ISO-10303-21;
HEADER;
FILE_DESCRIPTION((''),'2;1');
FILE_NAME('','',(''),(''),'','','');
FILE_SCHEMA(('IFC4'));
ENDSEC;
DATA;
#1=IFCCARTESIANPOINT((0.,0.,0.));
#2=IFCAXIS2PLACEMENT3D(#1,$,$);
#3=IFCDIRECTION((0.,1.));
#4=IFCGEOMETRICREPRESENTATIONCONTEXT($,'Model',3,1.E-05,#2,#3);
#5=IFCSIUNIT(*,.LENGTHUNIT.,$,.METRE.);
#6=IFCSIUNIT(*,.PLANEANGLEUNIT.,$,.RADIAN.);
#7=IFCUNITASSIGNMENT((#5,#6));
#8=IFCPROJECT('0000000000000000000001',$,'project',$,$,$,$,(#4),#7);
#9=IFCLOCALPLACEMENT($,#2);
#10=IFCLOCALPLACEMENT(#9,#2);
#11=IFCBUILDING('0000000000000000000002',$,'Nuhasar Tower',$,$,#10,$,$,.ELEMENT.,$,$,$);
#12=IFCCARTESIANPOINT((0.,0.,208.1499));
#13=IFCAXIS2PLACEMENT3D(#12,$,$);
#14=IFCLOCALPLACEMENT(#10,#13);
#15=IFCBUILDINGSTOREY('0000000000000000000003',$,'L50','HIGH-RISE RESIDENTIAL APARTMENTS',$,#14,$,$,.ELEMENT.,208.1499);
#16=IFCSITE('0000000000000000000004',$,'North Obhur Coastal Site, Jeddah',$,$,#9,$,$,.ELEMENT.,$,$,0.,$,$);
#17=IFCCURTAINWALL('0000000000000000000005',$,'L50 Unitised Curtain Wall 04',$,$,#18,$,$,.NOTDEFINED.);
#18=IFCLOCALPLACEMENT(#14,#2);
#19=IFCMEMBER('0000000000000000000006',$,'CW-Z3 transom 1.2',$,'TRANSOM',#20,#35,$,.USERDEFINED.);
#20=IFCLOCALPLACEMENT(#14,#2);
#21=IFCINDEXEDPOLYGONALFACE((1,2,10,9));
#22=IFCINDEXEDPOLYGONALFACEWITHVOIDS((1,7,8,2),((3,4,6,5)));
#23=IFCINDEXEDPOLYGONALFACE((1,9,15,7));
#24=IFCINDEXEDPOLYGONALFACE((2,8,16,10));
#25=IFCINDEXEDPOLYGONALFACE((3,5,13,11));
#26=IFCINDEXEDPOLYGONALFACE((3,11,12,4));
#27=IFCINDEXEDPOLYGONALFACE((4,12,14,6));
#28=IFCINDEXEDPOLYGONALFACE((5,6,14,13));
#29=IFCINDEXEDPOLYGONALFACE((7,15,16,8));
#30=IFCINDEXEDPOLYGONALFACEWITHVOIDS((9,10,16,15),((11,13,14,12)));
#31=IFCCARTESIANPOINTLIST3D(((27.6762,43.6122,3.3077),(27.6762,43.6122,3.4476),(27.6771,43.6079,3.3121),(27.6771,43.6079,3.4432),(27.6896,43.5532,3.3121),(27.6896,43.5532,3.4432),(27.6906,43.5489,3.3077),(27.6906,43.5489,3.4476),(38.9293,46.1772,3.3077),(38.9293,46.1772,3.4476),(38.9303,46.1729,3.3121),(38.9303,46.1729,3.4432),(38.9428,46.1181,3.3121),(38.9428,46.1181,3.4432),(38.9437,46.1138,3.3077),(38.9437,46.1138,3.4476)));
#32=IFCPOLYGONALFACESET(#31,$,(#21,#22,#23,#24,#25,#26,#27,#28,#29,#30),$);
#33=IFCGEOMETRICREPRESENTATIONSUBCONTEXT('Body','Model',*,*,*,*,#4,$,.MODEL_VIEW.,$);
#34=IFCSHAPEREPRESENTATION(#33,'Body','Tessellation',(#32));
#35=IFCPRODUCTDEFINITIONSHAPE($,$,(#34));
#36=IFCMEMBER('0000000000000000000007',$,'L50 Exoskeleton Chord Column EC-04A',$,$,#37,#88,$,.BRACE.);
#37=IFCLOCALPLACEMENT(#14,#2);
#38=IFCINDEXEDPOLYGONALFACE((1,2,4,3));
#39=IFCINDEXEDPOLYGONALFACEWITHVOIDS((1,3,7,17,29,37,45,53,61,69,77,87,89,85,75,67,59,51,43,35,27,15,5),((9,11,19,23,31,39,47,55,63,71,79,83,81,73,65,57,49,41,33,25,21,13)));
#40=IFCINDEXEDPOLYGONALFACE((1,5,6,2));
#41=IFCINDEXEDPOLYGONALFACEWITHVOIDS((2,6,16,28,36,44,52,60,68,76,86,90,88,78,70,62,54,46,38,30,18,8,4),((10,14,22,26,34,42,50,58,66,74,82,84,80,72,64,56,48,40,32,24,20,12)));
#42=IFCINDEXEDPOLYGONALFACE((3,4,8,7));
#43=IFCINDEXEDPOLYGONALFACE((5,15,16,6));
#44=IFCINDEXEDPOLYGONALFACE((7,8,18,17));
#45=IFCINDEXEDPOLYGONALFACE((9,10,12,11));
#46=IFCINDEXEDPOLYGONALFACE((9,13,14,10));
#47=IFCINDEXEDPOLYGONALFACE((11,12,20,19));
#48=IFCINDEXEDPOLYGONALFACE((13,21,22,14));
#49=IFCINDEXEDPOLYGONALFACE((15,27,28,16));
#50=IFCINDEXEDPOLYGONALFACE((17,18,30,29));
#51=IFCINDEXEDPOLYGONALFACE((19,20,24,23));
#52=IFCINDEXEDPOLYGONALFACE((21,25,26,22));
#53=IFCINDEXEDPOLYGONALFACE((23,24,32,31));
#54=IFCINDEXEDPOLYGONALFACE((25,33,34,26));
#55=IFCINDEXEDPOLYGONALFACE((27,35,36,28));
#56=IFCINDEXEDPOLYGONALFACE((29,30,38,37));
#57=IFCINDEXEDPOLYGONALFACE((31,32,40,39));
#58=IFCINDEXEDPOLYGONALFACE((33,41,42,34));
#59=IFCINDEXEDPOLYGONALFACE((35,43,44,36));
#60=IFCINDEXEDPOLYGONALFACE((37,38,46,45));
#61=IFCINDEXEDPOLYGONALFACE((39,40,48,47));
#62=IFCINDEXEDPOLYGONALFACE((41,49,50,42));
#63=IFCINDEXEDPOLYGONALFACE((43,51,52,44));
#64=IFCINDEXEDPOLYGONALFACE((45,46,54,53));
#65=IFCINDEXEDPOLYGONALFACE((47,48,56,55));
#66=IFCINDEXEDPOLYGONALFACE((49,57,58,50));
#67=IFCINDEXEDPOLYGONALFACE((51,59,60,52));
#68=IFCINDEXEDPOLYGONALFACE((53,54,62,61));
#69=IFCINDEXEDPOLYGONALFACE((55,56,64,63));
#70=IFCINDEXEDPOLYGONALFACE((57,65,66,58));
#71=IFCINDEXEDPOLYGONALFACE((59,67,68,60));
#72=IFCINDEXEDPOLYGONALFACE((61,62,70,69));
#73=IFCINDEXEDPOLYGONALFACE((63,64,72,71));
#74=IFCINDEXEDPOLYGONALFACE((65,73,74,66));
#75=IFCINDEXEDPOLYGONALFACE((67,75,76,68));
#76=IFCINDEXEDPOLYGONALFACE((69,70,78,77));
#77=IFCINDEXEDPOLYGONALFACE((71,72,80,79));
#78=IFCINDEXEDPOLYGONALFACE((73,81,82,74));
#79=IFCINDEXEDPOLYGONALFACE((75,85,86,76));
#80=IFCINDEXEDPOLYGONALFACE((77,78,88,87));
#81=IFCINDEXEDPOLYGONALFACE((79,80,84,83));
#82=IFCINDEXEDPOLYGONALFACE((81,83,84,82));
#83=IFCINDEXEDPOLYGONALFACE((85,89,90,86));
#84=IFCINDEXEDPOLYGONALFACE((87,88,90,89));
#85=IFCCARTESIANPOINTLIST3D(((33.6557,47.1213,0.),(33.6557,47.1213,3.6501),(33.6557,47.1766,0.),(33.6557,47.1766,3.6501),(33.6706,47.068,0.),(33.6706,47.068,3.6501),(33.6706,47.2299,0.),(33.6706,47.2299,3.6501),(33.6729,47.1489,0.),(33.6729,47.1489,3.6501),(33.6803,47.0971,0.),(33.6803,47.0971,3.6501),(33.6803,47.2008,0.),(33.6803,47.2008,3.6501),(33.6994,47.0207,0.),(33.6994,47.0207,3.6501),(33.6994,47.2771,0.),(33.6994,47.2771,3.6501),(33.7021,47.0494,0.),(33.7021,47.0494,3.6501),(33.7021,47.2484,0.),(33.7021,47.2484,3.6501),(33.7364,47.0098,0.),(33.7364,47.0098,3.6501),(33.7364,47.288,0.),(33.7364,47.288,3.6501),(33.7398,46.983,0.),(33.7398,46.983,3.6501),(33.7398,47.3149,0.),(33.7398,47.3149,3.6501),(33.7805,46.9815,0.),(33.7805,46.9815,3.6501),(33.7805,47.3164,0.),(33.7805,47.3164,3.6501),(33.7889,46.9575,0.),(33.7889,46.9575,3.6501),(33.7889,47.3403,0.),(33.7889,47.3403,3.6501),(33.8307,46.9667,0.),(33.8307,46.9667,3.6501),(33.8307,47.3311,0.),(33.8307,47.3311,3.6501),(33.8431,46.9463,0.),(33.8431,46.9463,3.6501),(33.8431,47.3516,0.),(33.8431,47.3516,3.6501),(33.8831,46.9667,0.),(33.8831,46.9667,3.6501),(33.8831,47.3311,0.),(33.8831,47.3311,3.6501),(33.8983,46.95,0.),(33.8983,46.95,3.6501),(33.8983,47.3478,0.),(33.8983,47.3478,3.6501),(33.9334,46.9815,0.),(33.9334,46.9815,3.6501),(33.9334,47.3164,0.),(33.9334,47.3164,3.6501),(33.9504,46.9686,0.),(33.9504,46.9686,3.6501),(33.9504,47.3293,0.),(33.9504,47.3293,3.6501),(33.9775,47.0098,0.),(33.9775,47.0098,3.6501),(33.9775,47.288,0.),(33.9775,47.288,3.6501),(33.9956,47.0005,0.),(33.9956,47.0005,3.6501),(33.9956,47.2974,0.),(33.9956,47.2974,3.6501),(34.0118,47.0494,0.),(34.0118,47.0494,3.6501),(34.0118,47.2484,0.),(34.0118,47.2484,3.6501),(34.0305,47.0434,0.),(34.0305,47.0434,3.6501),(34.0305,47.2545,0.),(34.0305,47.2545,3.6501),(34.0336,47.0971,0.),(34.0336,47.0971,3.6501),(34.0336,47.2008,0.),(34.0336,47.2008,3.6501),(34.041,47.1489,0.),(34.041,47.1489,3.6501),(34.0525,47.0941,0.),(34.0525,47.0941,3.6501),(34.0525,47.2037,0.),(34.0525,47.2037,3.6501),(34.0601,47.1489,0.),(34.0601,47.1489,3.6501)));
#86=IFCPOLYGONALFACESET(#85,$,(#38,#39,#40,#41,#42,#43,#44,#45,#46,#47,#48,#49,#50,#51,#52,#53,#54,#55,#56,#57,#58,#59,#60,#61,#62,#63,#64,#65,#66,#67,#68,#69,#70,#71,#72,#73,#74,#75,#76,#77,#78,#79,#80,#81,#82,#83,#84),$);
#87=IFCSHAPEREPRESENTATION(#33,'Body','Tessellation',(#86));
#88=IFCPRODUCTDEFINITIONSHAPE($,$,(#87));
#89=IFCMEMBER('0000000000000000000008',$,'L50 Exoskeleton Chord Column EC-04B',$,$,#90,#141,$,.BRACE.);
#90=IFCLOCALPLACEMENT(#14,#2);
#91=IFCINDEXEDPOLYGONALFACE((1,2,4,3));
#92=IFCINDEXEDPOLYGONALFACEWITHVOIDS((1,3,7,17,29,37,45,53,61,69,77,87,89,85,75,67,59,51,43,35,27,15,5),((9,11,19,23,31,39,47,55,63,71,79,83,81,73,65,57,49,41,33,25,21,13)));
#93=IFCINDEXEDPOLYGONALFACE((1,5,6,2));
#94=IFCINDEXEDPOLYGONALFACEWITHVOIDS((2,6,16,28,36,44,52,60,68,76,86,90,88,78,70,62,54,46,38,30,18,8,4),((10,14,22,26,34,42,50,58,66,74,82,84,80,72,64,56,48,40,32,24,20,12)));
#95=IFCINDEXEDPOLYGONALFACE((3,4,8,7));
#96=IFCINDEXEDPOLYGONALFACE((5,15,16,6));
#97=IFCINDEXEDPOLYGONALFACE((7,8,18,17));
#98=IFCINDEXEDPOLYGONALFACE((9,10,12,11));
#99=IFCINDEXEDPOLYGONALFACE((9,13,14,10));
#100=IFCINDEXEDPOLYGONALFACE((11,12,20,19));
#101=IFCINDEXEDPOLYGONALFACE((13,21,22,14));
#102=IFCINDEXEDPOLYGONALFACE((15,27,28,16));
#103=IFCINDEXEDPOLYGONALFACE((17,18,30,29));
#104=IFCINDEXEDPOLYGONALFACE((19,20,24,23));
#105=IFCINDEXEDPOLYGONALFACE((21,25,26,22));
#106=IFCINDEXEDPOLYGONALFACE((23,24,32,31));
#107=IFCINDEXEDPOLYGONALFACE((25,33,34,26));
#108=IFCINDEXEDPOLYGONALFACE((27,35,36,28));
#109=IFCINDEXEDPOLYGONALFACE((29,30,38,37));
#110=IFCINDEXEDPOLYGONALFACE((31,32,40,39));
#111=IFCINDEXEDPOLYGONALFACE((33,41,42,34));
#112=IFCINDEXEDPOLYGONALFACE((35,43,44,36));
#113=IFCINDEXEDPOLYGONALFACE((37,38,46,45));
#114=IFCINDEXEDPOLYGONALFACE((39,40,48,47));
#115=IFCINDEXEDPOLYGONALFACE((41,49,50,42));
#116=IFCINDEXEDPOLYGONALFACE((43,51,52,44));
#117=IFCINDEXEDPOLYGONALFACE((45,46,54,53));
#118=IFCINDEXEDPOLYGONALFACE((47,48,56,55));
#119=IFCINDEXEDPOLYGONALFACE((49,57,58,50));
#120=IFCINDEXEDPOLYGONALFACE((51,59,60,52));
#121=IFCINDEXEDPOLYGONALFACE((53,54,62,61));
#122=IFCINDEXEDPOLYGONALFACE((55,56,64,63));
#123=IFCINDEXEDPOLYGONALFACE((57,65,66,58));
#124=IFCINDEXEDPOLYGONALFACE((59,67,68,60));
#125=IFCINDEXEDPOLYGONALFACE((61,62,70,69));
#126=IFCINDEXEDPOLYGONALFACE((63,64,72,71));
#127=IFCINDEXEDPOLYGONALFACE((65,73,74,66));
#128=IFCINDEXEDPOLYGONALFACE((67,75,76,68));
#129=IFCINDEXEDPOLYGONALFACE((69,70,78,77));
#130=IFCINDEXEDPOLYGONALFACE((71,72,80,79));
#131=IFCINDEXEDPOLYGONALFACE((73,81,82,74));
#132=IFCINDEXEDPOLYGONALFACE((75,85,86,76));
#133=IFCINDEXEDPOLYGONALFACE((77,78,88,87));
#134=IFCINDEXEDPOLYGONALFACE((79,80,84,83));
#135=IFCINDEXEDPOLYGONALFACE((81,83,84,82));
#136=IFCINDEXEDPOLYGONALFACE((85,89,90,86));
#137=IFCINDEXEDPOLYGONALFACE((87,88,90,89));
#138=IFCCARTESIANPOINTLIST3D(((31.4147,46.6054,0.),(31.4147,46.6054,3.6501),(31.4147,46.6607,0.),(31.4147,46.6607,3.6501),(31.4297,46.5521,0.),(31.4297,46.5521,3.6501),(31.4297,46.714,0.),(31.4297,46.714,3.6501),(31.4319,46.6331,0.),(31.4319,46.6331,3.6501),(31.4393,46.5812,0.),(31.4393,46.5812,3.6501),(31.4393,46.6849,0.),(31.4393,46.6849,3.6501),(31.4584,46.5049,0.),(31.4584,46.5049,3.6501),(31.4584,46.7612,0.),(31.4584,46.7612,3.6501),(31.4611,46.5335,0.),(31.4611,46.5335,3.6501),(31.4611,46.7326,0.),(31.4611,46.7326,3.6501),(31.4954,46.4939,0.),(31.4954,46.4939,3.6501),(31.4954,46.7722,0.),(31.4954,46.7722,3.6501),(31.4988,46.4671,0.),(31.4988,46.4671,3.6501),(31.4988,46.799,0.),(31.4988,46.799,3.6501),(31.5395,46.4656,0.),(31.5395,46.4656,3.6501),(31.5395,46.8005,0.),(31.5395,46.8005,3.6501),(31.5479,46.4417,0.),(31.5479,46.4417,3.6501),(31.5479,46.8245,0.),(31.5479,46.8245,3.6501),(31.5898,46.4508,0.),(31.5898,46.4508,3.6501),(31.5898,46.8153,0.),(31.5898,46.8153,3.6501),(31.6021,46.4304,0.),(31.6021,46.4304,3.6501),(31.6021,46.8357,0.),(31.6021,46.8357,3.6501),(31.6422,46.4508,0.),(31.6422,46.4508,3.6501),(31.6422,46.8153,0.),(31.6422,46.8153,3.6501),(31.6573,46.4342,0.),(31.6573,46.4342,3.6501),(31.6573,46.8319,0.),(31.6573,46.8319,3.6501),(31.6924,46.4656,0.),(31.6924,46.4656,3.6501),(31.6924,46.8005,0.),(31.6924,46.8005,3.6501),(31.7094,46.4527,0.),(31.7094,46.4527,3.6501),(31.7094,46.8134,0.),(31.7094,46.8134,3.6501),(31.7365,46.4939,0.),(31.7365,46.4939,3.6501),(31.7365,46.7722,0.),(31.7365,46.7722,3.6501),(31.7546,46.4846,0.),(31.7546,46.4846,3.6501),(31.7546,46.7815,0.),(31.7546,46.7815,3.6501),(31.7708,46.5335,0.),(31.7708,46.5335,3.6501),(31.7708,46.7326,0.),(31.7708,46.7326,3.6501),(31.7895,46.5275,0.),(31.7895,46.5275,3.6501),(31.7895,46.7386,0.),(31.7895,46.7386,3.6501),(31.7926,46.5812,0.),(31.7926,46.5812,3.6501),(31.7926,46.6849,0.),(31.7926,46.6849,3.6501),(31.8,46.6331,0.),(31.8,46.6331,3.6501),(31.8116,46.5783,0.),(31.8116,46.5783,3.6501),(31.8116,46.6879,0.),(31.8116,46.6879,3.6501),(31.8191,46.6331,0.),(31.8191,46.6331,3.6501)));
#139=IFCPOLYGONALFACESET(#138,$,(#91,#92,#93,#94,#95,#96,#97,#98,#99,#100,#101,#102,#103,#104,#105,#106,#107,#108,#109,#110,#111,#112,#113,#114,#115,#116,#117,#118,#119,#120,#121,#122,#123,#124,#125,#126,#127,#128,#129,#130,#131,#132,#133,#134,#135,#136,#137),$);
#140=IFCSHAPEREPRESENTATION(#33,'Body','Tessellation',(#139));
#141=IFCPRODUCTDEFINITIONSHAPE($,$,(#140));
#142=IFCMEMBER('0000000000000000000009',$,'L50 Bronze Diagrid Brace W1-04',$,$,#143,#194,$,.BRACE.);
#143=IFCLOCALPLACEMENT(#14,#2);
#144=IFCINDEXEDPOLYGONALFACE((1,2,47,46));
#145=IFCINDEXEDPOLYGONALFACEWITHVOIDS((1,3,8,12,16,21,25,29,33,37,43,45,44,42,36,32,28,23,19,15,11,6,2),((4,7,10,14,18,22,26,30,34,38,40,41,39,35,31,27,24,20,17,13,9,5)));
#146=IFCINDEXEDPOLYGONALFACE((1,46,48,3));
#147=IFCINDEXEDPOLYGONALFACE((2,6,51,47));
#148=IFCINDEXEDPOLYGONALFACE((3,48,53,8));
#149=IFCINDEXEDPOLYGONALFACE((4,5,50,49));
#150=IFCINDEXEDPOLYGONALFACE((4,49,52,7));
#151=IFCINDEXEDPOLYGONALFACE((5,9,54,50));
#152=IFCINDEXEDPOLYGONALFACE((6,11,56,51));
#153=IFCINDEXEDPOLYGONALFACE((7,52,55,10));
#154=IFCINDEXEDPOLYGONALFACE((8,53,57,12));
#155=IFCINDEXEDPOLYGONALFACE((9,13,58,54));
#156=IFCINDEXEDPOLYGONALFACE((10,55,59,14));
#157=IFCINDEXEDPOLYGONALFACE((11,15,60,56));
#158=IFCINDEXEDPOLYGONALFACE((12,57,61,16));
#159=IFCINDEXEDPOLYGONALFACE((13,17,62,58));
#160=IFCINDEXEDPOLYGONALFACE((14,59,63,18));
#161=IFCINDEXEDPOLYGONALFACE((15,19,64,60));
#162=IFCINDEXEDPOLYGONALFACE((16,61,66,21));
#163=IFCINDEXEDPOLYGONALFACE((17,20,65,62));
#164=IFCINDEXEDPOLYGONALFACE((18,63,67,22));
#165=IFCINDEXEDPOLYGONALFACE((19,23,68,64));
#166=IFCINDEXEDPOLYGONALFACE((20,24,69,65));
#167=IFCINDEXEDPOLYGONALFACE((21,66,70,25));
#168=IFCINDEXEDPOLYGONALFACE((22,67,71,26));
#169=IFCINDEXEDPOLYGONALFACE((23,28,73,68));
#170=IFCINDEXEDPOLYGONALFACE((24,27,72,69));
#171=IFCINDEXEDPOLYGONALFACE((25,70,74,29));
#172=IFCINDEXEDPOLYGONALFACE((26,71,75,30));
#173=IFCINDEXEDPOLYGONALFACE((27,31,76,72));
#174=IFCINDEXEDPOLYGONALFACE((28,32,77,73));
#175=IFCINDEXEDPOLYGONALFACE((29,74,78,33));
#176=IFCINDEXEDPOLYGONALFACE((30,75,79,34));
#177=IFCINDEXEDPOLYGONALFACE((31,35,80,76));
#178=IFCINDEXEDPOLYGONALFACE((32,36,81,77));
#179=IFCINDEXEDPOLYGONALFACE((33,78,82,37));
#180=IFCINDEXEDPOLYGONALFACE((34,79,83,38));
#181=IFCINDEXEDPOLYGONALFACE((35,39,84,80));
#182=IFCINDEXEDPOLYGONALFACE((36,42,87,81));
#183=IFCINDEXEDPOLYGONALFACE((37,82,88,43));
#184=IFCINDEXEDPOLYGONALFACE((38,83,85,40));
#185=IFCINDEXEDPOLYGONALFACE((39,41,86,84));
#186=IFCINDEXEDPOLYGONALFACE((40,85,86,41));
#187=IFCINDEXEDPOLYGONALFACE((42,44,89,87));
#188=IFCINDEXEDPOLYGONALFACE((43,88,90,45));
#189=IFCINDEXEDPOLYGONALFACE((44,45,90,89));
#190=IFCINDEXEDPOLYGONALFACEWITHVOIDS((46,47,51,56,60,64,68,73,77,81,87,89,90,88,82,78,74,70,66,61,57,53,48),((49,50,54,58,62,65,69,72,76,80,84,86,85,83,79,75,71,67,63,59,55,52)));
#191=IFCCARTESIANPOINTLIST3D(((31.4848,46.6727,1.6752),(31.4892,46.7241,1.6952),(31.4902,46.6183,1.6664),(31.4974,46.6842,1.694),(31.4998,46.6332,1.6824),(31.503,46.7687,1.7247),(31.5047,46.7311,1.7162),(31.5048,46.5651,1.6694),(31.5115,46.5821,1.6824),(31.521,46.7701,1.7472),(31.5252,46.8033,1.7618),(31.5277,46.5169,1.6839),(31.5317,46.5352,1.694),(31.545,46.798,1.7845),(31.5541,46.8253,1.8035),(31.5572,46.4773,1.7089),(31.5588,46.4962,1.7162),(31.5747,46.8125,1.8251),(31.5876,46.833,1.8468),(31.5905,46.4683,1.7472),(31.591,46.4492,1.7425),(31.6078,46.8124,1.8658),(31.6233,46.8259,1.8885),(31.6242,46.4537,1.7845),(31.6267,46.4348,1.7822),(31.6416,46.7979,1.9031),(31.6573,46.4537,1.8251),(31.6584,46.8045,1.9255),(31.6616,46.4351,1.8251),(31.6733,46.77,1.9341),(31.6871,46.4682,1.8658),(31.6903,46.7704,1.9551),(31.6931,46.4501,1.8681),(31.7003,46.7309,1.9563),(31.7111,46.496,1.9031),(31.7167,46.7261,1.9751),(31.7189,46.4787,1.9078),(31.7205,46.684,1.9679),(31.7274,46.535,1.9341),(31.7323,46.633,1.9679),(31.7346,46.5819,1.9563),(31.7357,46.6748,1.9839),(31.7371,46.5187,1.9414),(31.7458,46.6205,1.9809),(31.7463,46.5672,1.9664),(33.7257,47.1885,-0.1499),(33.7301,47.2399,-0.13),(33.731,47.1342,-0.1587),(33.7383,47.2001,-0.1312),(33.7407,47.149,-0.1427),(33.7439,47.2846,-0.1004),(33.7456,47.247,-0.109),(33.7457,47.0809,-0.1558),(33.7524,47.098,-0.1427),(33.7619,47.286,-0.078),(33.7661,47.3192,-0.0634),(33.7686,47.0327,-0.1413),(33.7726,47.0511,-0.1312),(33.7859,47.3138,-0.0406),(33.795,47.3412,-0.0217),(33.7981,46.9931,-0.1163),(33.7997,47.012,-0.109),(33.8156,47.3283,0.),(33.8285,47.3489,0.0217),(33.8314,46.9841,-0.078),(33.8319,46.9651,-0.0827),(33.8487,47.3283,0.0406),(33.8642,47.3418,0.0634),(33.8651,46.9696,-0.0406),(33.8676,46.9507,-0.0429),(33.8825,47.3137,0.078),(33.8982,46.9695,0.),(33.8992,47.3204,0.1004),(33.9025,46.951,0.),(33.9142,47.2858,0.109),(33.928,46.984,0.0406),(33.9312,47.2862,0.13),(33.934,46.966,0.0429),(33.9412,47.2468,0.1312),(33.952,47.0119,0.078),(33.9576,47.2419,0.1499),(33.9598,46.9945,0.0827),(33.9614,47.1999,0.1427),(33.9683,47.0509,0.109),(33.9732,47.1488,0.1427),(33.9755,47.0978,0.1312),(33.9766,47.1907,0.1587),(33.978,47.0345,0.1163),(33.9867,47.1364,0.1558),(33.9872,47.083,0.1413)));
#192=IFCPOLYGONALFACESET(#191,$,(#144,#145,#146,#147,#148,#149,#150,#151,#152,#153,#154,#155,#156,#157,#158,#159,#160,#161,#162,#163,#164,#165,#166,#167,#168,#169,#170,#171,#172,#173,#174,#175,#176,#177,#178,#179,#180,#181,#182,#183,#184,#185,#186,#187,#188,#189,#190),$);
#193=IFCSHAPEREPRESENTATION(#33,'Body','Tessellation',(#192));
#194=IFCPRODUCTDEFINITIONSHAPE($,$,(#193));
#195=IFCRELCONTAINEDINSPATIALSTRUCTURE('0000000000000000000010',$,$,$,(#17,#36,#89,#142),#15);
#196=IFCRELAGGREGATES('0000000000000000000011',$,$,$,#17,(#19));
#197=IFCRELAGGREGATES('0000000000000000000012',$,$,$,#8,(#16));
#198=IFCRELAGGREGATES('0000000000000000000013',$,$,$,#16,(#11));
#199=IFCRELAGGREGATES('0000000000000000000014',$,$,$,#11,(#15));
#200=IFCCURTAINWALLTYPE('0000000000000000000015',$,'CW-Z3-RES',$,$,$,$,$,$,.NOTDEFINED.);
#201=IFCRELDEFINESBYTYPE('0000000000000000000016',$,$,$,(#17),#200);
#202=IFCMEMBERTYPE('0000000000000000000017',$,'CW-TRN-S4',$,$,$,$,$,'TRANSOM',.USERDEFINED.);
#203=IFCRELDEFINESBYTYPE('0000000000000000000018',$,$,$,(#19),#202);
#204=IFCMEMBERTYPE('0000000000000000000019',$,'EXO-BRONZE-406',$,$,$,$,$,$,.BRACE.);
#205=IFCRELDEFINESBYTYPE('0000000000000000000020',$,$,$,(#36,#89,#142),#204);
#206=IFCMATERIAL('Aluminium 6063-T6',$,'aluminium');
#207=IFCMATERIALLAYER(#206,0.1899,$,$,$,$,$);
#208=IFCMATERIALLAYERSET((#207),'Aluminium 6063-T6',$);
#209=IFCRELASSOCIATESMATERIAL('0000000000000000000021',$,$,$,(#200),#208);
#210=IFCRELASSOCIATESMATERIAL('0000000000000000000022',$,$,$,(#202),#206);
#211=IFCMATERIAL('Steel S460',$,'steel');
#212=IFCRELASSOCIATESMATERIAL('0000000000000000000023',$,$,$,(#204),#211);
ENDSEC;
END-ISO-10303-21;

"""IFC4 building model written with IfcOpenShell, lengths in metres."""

from ifc_helpers import new_model, si_unit, direction, frame, origin, origin_2d, place, context, subcontext, project, spatial, hollow_rectangle, hollow_circle, extrude, material, layer, layer_set, material_profile, profile_set, type_object, element, aggregate, save


model = new_model("IFC4")

# Units and contexts
model_context = context("Model", 3, precision=1e-05, world=origin(), true_north=direction((0.0, 1.0)))
body_context = subcontext(model_context, "Body", "Model", "MODEL_VIEW")
ifc_project = project(units=[si_unit("LENGTHUNIT", "METRE"), si_unit("PLANEANGLEUNIT", "RADIAN")], contexts=[model_context])

# Site, building, storey
site_placement = place(None, origin())
site = spatial("IfcSite", under=ifc_project, at=site_placement, Name="North Obhur Coastal Site, Jeddah", CompositionType="ELEMENT", RefElevation=0.0)
building_placement = place(site_placement, origin())
building = spatial("IfcBuilding", under=site, at=building_placement, Name="Nuhasar Tower", CompositionType="ELEMENT")
storey_placement = place(building_placement, frame((0.0, 0.0, 208.1499)))
storey = spatial("IfcBuildingStorey", under=building, at=storey_placement, Name="L50", Description="HIGH-RISE RESIDENTIAL APARTMENTS", CompositionType="ELEMENT", Elevation=208.1499)

# Curtain wall, member
ifc_material_1 = material(Name="Aluminium 6063-T6", Category="aluminium")
ifc_layer_1 = layer(ifc_material_1, 0.1899)
ifc_layer_set_1 = layer_set([ifc_layer_1], Name="Aluminium 6063-T6")
curtain_wall_type = type_object("IfcCurtainWallType", Name="CW-Z3-RES", PredefinedType="NOTDEFINED", material=ifc_layer_set_1)
curtain_wall_placement = place(storey_placement, origin())
curtain_wall = element("IfcCurtainWall", 1, at=curtain_wall_placement, inside=storey, type_object=curtain_wall_type, Name="L50 Unitised Curtain Wall 04", PredefinedType="NOTDEFINED")
ifc_material_profile_1 = material_profile(ifc_material_1, hollow_rectangle(XDim=0.0649, YDim=0.1399, WallThickness=0.0044, at=origin_2d()), Name="CWT-4")
ifc_profile_set_1 = profile_set([ifc_material_profile_1], Name="Aluminium 6063-T6")
member_type_1 = type_object("IfcMemberType", Name="CW-TRN-S4", ElementType="TRANSOM", PredefinedType="USERDEFINED", material=ifc_profile_set_1)
member_1_placement = place(storey_placement, frame((38.9365, 46.1455, 3.3777), z_axis=(-0.974994, -0.222231, 0.0), x_axis=(0.222231, -0.974994, 0.0)))
member_1 = element("IfcMember", 2, at=member_1_placement, type_object=member_type_1, Name="CW-Z3 transom 1.2", ObjectType="TRANSOM", PredefinedType="USERDEFINED", context=body_context, shape_type="SweptSolid", body=[
    extrude(hollow_rectangle(XDim=0.0649, YDim=0.1399, WallThickness=0.0044, at=origin_2d()), origin(), (0.0, 0.0, 1.0), 11.5417),
])

# Members
ifc_material_2 = material(Name="Steel S460", Category="steel")
ifc_material_profile_2 = material_profile(ifc_material_2, hollow_circle(Radius=0.2031, WallThickness=0.019, at=origin_2d()), Name="HSS406.4X19.1")
ifc_profile_set_2 = profile_set([ifc_material_profile_2], Name="Steel S460")
member_type_2 = type_object("IfcMemberType", Name="EXO-BRONZE-406", PredefinedType="BRACE", material=ifc_profile_set_2)
for number, where, z_axis, x_axis, name in (
    (3, (33.8569, 47.1489, 0.0), (0.0, 0.0, 1.0), (1.0, 0.0, 0.0), "L50 Exoskeleton Chord Column EC-04A"),
    (4, (31.616, 46.6331, 0.0), (0.0, 0.0, 1.0), (1.0, 0.0, 0.0), "L50 Exoskeleton Chord Column EC-04B"),
):
    element("IfcMember", number, at=place(storey_placement, frame(where, z_axis=z_axis, x_axis=x_axis)), inside=storey, type_object=member_type_2, Name=name, PredefinedType="BRACE", context=body_context, shape_type="SweptSolid", body=[
        extrude(hollow_circle(Radius=0.2031, WallThickness=0.019, at=origin_2d()), origin(), (0.0, 0.0, 1.0), 3.6501),
    ])
for number, where, z_axis, x_axis, name in (
    (5, (33.8569, 47.1489, 0.0), (-0.763303, -0.175712, 0.621686), (0.224332, -0.974513, 0.0), "L50 Bronze Diagrid Brace W1-04"),
):
    element("IfcMember", number, at=place(storey_placement, frame(where, z_axis=z_axis, x_axis=x_axis)), inside=storey, type_object=member_type_2, Name=name, PredefinedType="BRACE", context=body_context, shape_type="SweptSolid", body=[
        extrude(hollow_circle(Radius=0.2031, WallThickness=0.019, at=origin_2d()), origin(), (0.0, 0.0, 1.0), 2.9358),
    ])

aggregate(curtain_wall, [member_1])

save(model, "model.ifc")
